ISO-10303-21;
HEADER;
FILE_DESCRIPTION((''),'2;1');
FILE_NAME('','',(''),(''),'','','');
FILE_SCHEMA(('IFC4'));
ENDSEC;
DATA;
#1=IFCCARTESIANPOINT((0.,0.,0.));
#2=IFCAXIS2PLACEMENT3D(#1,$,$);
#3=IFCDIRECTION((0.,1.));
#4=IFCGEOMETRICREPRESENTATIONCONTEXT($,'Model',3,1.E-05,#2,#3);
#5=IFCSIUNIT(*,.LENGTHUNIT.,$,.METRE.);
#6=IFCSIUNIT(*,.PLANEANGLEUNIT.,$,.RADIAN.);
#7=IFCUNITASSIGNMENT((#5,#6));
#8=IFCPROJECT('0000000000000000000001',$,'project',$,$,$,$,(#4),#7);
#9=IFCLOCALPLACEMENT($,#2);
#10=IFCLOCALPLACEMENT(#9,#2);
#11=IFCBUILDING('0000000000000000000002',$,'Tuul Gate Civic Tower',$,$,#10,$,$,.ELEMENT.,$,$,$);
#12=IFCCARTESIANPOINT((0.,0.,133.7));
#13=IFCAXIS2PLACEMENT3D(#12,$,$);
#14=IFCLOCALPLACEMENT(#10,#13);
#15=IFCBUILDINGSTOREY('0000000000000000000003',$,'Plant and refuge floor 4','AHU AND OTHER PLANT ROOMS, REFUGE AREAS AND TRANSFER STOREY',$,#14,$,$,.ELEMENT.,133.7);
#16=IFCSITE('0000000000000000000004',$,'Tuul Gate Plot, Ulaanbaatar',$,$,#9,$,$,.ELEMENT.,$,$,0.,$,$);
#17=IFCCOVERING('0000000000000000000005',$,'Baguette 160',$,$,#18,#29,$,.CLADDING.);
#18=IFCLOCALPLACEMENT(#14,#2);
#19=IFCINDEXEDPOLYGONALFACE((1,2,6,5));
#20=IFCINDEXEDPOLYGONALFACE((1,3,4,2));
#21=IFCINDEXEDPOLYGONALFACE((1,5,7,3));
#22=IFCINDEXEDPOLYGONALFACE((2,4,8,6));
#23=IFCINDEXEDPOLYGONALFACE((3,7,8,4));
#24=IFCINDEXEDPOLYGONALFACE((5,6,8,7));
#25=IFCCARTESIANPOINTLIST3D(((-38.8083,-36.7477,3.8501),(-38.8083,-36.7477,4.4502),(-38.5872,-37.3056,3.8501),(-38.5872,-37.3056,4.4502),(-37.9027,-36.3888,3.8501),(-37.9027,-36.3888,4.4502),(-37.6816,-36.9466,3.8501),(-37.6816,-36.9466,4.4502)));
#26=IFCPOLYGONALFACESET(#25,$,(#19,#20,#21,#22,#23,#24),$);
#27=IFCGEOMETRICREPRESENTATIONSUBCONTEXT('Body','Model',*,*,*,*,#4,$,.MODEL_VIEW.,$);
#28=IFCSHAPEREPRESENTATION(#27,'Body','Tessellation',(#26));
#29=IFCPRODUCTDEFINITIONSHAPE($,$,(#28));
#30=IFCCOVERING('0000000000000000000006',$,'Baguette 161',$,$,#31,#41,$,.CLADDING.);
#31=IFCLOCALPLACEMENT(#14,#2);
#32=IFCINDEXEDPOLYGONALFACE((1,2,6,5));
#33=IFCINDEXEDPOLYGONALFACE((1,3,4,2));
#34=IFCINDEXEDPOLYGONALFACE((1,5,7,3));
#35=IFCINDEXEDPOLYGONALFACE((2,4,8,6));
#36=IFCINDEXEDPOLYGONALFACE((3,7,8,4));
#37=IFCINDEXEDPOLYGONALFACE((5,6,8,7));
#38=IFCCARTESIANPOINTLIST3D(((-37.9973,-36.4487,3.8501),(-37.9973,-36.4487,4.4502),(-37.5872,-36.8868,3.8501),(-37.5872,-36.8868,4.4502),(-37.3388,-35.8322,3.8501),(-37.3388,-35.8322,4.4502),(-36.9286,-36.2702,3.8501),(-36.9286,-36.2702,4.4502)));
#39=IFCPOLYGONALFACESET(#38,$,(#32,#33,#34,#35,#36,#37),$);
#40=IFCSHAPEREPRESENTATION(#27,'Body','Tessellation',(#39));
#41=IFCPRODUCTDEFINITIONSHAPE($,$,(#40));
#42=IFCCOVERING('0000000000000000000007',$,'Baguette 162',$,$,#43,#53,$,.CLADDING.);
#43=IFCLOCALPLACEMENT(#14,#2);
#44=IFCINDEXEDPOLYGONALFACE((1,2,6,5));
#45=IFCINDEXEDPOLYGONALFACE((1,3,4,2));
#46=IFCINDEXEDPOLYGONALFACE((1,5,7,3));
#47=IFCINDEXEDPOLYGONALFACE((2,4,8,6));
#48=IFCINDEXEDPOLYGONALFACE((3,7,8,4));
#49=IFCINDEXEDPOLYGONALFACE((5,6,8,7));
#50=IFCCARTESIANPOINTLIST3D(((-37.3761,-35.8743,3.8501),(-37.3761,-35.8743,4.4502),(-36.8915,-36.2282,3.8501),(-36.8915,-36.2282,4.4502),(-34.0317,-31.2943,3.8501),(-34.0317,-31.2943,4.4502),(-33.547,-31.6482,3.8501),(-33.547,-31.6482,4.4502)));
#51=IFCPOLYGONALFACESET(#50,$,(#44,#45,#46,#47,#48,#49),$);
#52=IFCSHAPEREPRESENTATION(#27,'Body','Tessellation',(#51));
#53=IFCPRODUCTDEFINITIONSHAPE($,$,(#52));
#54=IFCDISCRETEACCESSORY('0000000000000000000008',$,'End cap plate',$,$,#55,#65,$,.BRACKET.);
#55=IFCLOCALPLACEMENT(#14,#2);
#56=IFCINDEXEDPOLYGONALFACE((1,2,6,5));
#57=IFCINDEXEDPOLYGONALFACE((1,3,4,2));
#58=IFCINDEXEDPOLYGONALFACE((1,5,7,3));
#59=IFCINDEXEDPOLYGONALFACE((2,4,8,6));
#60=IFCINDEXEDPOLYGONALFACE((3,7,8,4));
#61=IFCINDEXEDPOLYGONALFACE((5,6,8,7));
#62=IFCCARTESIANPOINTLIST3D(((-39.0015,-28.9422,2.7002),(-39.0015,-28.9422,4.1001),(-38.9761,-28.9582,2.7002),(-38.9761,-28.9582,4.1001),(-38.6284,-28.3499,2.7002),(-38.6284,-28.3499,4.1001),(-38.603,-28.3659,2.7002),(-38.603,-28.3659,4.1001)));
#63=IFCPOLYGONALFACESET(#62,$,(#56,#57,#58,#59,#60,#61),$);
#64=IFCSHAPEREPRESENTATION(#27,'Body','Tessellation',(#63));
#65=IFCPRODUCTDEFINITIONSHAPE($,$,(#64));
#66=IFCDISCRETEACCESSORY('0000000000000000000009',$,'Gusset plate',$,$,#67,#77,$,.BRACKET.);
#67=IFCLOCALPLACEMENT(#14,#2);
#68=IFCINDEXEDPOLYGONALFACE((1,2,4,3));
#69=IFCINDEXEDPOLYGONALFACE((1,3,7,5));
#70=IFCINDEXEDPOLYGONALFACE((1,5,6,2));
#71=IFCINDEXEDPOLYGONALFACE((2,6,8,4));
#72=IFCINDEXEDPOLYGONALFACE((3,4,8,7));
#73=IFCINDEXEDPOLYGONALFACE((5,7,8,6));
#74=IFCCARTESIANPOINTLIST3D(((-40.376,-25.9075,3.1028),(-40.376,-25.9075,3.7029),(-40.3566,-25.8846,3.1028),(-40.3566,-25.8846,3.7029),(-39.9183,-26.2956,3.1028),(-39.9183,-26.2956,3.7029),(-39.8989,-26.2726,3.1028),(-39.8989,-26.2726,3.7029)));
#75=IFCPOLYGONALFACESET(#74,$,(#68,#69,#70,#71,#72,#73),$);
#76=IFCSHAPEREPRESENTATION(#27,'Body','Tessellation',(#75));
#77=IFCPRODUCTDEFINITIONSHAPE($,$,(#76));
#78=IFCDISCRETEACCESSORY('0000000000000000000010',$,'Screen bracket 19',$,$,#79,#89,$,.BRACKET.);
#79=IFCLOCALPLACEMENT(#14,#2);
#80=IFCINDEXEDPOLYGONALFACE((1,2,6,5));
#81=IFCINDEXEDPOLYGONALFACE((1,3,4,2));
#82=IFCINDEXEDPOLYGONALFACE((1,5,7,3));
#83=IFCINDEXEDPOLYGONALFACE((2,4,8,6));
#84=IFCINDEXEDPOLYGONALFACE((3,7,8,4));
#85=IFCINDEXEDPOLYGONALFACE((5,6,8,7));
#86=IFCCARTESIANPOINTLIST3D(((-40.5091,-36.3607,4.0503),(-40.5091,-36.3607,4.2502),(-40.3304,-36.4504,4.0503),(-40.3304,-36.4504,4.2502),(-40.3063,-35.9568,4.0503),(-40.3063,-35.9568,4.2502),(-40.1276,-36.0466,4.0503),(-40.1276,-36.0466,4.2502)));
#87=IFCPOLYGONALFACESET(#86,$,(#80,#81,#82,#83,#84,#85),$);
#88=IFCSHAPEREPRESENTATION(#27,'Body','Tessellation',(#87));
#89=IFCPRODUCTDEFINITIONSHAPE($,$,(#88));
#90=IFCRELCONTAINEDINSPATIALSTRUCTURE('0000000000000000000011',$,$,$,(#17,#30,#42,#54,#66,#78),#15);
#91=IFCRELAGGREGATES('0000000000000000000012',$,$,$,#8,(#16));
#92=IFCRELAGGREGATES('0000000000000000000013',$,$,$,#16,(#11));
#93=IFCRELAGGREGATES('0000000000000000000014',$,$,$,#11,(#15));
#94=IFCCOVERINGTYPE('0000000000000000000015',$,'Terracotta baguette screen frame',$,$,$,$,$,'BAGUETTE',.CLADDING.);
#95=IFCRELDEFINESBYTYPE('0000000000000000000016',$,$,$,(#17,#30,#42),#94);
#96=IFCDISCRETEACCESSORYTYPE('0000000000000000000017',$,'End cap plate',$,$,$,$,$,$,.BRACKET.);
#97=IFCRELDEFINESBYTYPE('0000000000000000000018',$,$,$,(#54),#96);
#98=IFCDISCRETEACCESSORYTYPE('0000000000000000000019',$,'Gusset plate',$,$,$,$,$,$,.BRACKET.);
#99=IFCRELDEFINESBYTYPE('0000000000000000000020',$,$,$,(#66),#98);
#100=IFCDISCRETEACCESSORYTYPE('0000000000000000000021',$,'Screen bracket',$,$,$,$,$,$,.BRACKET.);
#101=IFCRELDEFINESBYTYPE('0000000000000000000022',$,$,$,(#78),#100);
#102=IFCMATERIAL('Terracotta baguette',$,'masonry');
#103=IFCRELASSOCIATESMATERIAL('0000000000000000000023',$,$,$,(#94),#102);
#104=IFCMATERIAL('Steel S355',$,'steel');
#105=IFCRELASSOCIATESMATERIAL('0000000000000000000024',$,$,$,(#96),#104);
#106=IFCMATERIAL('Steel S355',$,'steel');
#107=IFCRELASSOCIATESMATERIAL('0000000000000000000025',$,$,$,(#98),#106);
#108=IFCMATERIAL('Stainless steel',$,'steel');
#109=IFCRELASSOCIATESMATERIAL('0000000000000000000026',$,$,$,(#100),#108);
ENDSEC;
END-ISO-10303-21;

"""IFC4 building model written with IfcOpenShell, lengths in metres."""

from ifc_helpers import new_model, si_unit, direction, frame, origin, origin_2d, place, context, subcontext, project, spatial, rectangle, extrude, material, material_profile, profile_set, type_object, element, save


model = new_model("IFC4")

# Units and contexts
model_context = context("Model", 3, precision=1e-05, world=origin(), true_north=direction((0.0, 1.0)))
body_context = subcontext(model_context, "Body", "Model", "MODEL_VIEW")
ifc_project = project(units=[si_unit("LENGTHUNIT", "METRE"), si_unit("PLANEANGLEUNIT", "RADIAN")], contexts=[model_context])

# Site, building, storey
site_placement = place(None, origin())
site = spatial("IfcSite", under=ifc_project, at=site_placement, Name="Tuul Gate Plot, Ulaanbaatar", CompositionType="ELEMENT", RefElevation=0.0)
building_placement = place(site_placement, origin())
building = spatial("IfcBuilding", under=site, at=building_placement, Name="Tuul Gate Civic Tower", CompositionType="ELEMENT")
storey_placement = place(building_placement, frame((0.0, 0.0, 133.7)))
storey = spatial("IfcBuildingStorey", under=building, at=storey_placement, Name="Plant and refuge floor 4", Description="AHU AND OTHER PLANT ROOMS, REFUGE AREAS AND TRANSFER STOREY", CompositionType="ELEMENT", Elevation=133.7)

# Coverings
ifc_material_1 = material(Name="Terracotta baguette", Category="masonry")
ifc_material_profile_1 = material_profile(ifc_material_1, rectangle(XDim=0.6001, YDim=0.6001, at=origin_2d()), Name="Terracotta baguette screen frame")
ifc_profile_set_1 = profile_set([ifc_material_profile_1], Name="Terracotta baguette")
covering_type = type_object("IfcCoveringType", Name="Terracotta baguette screen frame", ElementType="BAGUETTE", PredefinedType="CLADDING", material=ifc_profile_set_1)
covering_1_placement = place(storey_placement, frame((-38.6978, -37.0266, 4.1501), z_axis=(0.929647, 0.36845, 0.0), x_axis=(-0.36845, 0.929647, 0.0)))
element("IfcCovering", 1, at=covering_1_placement, inside=storey, type_object=covering_type, Name="Baguette 160", PredefinedType="CLADDING", context=body_context, shape_type="SweptSolid", body=[
    extrude(rectangle(XDim=0.6001, YDim=0.6001, at=origin_2d()), origin(), (0.0, 0.0, 1.0), 0.9741),
])
covering_2_placement = place(storey_placement, frame((-37.7922, -36.6677, 4.1501), z_axis=(0.730001, 0.683446, 0.0), x_axis=(-0.683446, 0.730001, 0.0)))
element("IfcCovering", 2, at=covering_2_placement, inside=storey, type_object=covering_type, Name="Baguette 161", PredefinedType="CLADDING", context=body_context, shape_type="SweptSolid", body=[
    extrude(rectangle(XDim=0.6001, YDim=0.6001, at=origin_2d()), origin(), (0.0, 0.0, 1.0), 0.9021),
])
covering_3_placement = place(storey_placement, frame((-37.1338, -36.0513, 4.1501), z_axis=(0.589729, 0.807601, 0.0), x_axis=(-0.807601, 0.589729, 0.0)))
element("IfcCovering", 3, at=covering_3_placement, inside=storey, type_object=covering_type, Name="Baguette 162", PredefinedType="CLADDING", context=body_context, shape_type="SweptSolid", body=[
    extrude(rectangle(XDim=0.6001, YDim=0.6001, at=origin_2d()), origin(), (0.0, 0.0, 1.0), 5.6711),
])

# Discrete accessories
ifc_material_2 = material(Name="Steel S355", Category="steel")
discrete_accessory_type_1 = type_object("IfcDiscreteAccessoryType", Name="End cap plate", PredefinedType="BRACKET", material=ifc_material_2)
discrete_accessory_1_placement = place(storey_placement, frame((-38.8022, -28.6541, 2.7002), z_axis=(0.0, 0.0, 1.0), x_axis=(0.846132, -0.532973, 0.0)))
element("IfcDiscreteAccessory", 4, at=discrete_accessory_1_placement, inside=storey, type_object=discrete_accessory_type_1, Name="End cap plate", PredefinedType="BRACKET", context=body_context, shape_type="SweptSolid", body=[
    extrude(rectangle(XDim=0.03, YDim=0.7, at=origin_2d()), origin(), (0.0, 0.0, 1.0), 1.3999),
])
ifc_material_3 = material(Name="Steel S355", Category="steel")
discrete_accessory_type_2 = type_object("IfcDiscreteAccessoryType", Name="Gusset plate", PredefinedType="BRACKET", material=ifc_material_3)
discrete_accessory_2_placement = place(storey_placement, frame((-40.1375, -26.0901, 3.1028), z_axis=(0.0, 0.0, 1.0), x_axis=(-0.762825, 0.646605, 0.0)))
element("IfcDiscreteAccessory", 5, at=discrete_accessory_2_placement, inside=storey, type_object=discrete_accessory_type_2, Name="Gusset plate", PredefinedType="BRACKET", context=body_context, shape_type="SweptSolid", body=[
    extrude(rectangle(XDim=0.6001, YDim=0.03, at=origin_2d()), origin(), (0.0, 0.0, 1.0), 0.6001),
])
ifc_material_4 = material(Name="Stainless steel", Category="steel")
discrete_accessory_type_3 = type_object("IfcDiscreteAccessoryType", Name="Screen bracket", PredefinedType="BRACKET", material=ifc_material_4)
discrete_accessory_3_placement = place(storey_placement, frame((-40.3184, -36.2036, 4.0503), z_axis=(0.0, 0.0, 1.0), x_axis=(-0.448839, -0.893613, 0.0)))
element("IfcDiscreteAccessory", 6, at=discrete_accessory_3_placement, inside=storey, type_object=discrete_accessory_type_3, Name="Screen bracket 19", PredefinedType="BRACKET", context=body_context, shape_type="SweptSolid", body=[
    extrude(rectangle(XDim=0.4519, YDim=0.2, at=origin_2d()), origin(), (0.0, 0.0, 1.0), 0.2),
])

save(model, "model.ifc")
